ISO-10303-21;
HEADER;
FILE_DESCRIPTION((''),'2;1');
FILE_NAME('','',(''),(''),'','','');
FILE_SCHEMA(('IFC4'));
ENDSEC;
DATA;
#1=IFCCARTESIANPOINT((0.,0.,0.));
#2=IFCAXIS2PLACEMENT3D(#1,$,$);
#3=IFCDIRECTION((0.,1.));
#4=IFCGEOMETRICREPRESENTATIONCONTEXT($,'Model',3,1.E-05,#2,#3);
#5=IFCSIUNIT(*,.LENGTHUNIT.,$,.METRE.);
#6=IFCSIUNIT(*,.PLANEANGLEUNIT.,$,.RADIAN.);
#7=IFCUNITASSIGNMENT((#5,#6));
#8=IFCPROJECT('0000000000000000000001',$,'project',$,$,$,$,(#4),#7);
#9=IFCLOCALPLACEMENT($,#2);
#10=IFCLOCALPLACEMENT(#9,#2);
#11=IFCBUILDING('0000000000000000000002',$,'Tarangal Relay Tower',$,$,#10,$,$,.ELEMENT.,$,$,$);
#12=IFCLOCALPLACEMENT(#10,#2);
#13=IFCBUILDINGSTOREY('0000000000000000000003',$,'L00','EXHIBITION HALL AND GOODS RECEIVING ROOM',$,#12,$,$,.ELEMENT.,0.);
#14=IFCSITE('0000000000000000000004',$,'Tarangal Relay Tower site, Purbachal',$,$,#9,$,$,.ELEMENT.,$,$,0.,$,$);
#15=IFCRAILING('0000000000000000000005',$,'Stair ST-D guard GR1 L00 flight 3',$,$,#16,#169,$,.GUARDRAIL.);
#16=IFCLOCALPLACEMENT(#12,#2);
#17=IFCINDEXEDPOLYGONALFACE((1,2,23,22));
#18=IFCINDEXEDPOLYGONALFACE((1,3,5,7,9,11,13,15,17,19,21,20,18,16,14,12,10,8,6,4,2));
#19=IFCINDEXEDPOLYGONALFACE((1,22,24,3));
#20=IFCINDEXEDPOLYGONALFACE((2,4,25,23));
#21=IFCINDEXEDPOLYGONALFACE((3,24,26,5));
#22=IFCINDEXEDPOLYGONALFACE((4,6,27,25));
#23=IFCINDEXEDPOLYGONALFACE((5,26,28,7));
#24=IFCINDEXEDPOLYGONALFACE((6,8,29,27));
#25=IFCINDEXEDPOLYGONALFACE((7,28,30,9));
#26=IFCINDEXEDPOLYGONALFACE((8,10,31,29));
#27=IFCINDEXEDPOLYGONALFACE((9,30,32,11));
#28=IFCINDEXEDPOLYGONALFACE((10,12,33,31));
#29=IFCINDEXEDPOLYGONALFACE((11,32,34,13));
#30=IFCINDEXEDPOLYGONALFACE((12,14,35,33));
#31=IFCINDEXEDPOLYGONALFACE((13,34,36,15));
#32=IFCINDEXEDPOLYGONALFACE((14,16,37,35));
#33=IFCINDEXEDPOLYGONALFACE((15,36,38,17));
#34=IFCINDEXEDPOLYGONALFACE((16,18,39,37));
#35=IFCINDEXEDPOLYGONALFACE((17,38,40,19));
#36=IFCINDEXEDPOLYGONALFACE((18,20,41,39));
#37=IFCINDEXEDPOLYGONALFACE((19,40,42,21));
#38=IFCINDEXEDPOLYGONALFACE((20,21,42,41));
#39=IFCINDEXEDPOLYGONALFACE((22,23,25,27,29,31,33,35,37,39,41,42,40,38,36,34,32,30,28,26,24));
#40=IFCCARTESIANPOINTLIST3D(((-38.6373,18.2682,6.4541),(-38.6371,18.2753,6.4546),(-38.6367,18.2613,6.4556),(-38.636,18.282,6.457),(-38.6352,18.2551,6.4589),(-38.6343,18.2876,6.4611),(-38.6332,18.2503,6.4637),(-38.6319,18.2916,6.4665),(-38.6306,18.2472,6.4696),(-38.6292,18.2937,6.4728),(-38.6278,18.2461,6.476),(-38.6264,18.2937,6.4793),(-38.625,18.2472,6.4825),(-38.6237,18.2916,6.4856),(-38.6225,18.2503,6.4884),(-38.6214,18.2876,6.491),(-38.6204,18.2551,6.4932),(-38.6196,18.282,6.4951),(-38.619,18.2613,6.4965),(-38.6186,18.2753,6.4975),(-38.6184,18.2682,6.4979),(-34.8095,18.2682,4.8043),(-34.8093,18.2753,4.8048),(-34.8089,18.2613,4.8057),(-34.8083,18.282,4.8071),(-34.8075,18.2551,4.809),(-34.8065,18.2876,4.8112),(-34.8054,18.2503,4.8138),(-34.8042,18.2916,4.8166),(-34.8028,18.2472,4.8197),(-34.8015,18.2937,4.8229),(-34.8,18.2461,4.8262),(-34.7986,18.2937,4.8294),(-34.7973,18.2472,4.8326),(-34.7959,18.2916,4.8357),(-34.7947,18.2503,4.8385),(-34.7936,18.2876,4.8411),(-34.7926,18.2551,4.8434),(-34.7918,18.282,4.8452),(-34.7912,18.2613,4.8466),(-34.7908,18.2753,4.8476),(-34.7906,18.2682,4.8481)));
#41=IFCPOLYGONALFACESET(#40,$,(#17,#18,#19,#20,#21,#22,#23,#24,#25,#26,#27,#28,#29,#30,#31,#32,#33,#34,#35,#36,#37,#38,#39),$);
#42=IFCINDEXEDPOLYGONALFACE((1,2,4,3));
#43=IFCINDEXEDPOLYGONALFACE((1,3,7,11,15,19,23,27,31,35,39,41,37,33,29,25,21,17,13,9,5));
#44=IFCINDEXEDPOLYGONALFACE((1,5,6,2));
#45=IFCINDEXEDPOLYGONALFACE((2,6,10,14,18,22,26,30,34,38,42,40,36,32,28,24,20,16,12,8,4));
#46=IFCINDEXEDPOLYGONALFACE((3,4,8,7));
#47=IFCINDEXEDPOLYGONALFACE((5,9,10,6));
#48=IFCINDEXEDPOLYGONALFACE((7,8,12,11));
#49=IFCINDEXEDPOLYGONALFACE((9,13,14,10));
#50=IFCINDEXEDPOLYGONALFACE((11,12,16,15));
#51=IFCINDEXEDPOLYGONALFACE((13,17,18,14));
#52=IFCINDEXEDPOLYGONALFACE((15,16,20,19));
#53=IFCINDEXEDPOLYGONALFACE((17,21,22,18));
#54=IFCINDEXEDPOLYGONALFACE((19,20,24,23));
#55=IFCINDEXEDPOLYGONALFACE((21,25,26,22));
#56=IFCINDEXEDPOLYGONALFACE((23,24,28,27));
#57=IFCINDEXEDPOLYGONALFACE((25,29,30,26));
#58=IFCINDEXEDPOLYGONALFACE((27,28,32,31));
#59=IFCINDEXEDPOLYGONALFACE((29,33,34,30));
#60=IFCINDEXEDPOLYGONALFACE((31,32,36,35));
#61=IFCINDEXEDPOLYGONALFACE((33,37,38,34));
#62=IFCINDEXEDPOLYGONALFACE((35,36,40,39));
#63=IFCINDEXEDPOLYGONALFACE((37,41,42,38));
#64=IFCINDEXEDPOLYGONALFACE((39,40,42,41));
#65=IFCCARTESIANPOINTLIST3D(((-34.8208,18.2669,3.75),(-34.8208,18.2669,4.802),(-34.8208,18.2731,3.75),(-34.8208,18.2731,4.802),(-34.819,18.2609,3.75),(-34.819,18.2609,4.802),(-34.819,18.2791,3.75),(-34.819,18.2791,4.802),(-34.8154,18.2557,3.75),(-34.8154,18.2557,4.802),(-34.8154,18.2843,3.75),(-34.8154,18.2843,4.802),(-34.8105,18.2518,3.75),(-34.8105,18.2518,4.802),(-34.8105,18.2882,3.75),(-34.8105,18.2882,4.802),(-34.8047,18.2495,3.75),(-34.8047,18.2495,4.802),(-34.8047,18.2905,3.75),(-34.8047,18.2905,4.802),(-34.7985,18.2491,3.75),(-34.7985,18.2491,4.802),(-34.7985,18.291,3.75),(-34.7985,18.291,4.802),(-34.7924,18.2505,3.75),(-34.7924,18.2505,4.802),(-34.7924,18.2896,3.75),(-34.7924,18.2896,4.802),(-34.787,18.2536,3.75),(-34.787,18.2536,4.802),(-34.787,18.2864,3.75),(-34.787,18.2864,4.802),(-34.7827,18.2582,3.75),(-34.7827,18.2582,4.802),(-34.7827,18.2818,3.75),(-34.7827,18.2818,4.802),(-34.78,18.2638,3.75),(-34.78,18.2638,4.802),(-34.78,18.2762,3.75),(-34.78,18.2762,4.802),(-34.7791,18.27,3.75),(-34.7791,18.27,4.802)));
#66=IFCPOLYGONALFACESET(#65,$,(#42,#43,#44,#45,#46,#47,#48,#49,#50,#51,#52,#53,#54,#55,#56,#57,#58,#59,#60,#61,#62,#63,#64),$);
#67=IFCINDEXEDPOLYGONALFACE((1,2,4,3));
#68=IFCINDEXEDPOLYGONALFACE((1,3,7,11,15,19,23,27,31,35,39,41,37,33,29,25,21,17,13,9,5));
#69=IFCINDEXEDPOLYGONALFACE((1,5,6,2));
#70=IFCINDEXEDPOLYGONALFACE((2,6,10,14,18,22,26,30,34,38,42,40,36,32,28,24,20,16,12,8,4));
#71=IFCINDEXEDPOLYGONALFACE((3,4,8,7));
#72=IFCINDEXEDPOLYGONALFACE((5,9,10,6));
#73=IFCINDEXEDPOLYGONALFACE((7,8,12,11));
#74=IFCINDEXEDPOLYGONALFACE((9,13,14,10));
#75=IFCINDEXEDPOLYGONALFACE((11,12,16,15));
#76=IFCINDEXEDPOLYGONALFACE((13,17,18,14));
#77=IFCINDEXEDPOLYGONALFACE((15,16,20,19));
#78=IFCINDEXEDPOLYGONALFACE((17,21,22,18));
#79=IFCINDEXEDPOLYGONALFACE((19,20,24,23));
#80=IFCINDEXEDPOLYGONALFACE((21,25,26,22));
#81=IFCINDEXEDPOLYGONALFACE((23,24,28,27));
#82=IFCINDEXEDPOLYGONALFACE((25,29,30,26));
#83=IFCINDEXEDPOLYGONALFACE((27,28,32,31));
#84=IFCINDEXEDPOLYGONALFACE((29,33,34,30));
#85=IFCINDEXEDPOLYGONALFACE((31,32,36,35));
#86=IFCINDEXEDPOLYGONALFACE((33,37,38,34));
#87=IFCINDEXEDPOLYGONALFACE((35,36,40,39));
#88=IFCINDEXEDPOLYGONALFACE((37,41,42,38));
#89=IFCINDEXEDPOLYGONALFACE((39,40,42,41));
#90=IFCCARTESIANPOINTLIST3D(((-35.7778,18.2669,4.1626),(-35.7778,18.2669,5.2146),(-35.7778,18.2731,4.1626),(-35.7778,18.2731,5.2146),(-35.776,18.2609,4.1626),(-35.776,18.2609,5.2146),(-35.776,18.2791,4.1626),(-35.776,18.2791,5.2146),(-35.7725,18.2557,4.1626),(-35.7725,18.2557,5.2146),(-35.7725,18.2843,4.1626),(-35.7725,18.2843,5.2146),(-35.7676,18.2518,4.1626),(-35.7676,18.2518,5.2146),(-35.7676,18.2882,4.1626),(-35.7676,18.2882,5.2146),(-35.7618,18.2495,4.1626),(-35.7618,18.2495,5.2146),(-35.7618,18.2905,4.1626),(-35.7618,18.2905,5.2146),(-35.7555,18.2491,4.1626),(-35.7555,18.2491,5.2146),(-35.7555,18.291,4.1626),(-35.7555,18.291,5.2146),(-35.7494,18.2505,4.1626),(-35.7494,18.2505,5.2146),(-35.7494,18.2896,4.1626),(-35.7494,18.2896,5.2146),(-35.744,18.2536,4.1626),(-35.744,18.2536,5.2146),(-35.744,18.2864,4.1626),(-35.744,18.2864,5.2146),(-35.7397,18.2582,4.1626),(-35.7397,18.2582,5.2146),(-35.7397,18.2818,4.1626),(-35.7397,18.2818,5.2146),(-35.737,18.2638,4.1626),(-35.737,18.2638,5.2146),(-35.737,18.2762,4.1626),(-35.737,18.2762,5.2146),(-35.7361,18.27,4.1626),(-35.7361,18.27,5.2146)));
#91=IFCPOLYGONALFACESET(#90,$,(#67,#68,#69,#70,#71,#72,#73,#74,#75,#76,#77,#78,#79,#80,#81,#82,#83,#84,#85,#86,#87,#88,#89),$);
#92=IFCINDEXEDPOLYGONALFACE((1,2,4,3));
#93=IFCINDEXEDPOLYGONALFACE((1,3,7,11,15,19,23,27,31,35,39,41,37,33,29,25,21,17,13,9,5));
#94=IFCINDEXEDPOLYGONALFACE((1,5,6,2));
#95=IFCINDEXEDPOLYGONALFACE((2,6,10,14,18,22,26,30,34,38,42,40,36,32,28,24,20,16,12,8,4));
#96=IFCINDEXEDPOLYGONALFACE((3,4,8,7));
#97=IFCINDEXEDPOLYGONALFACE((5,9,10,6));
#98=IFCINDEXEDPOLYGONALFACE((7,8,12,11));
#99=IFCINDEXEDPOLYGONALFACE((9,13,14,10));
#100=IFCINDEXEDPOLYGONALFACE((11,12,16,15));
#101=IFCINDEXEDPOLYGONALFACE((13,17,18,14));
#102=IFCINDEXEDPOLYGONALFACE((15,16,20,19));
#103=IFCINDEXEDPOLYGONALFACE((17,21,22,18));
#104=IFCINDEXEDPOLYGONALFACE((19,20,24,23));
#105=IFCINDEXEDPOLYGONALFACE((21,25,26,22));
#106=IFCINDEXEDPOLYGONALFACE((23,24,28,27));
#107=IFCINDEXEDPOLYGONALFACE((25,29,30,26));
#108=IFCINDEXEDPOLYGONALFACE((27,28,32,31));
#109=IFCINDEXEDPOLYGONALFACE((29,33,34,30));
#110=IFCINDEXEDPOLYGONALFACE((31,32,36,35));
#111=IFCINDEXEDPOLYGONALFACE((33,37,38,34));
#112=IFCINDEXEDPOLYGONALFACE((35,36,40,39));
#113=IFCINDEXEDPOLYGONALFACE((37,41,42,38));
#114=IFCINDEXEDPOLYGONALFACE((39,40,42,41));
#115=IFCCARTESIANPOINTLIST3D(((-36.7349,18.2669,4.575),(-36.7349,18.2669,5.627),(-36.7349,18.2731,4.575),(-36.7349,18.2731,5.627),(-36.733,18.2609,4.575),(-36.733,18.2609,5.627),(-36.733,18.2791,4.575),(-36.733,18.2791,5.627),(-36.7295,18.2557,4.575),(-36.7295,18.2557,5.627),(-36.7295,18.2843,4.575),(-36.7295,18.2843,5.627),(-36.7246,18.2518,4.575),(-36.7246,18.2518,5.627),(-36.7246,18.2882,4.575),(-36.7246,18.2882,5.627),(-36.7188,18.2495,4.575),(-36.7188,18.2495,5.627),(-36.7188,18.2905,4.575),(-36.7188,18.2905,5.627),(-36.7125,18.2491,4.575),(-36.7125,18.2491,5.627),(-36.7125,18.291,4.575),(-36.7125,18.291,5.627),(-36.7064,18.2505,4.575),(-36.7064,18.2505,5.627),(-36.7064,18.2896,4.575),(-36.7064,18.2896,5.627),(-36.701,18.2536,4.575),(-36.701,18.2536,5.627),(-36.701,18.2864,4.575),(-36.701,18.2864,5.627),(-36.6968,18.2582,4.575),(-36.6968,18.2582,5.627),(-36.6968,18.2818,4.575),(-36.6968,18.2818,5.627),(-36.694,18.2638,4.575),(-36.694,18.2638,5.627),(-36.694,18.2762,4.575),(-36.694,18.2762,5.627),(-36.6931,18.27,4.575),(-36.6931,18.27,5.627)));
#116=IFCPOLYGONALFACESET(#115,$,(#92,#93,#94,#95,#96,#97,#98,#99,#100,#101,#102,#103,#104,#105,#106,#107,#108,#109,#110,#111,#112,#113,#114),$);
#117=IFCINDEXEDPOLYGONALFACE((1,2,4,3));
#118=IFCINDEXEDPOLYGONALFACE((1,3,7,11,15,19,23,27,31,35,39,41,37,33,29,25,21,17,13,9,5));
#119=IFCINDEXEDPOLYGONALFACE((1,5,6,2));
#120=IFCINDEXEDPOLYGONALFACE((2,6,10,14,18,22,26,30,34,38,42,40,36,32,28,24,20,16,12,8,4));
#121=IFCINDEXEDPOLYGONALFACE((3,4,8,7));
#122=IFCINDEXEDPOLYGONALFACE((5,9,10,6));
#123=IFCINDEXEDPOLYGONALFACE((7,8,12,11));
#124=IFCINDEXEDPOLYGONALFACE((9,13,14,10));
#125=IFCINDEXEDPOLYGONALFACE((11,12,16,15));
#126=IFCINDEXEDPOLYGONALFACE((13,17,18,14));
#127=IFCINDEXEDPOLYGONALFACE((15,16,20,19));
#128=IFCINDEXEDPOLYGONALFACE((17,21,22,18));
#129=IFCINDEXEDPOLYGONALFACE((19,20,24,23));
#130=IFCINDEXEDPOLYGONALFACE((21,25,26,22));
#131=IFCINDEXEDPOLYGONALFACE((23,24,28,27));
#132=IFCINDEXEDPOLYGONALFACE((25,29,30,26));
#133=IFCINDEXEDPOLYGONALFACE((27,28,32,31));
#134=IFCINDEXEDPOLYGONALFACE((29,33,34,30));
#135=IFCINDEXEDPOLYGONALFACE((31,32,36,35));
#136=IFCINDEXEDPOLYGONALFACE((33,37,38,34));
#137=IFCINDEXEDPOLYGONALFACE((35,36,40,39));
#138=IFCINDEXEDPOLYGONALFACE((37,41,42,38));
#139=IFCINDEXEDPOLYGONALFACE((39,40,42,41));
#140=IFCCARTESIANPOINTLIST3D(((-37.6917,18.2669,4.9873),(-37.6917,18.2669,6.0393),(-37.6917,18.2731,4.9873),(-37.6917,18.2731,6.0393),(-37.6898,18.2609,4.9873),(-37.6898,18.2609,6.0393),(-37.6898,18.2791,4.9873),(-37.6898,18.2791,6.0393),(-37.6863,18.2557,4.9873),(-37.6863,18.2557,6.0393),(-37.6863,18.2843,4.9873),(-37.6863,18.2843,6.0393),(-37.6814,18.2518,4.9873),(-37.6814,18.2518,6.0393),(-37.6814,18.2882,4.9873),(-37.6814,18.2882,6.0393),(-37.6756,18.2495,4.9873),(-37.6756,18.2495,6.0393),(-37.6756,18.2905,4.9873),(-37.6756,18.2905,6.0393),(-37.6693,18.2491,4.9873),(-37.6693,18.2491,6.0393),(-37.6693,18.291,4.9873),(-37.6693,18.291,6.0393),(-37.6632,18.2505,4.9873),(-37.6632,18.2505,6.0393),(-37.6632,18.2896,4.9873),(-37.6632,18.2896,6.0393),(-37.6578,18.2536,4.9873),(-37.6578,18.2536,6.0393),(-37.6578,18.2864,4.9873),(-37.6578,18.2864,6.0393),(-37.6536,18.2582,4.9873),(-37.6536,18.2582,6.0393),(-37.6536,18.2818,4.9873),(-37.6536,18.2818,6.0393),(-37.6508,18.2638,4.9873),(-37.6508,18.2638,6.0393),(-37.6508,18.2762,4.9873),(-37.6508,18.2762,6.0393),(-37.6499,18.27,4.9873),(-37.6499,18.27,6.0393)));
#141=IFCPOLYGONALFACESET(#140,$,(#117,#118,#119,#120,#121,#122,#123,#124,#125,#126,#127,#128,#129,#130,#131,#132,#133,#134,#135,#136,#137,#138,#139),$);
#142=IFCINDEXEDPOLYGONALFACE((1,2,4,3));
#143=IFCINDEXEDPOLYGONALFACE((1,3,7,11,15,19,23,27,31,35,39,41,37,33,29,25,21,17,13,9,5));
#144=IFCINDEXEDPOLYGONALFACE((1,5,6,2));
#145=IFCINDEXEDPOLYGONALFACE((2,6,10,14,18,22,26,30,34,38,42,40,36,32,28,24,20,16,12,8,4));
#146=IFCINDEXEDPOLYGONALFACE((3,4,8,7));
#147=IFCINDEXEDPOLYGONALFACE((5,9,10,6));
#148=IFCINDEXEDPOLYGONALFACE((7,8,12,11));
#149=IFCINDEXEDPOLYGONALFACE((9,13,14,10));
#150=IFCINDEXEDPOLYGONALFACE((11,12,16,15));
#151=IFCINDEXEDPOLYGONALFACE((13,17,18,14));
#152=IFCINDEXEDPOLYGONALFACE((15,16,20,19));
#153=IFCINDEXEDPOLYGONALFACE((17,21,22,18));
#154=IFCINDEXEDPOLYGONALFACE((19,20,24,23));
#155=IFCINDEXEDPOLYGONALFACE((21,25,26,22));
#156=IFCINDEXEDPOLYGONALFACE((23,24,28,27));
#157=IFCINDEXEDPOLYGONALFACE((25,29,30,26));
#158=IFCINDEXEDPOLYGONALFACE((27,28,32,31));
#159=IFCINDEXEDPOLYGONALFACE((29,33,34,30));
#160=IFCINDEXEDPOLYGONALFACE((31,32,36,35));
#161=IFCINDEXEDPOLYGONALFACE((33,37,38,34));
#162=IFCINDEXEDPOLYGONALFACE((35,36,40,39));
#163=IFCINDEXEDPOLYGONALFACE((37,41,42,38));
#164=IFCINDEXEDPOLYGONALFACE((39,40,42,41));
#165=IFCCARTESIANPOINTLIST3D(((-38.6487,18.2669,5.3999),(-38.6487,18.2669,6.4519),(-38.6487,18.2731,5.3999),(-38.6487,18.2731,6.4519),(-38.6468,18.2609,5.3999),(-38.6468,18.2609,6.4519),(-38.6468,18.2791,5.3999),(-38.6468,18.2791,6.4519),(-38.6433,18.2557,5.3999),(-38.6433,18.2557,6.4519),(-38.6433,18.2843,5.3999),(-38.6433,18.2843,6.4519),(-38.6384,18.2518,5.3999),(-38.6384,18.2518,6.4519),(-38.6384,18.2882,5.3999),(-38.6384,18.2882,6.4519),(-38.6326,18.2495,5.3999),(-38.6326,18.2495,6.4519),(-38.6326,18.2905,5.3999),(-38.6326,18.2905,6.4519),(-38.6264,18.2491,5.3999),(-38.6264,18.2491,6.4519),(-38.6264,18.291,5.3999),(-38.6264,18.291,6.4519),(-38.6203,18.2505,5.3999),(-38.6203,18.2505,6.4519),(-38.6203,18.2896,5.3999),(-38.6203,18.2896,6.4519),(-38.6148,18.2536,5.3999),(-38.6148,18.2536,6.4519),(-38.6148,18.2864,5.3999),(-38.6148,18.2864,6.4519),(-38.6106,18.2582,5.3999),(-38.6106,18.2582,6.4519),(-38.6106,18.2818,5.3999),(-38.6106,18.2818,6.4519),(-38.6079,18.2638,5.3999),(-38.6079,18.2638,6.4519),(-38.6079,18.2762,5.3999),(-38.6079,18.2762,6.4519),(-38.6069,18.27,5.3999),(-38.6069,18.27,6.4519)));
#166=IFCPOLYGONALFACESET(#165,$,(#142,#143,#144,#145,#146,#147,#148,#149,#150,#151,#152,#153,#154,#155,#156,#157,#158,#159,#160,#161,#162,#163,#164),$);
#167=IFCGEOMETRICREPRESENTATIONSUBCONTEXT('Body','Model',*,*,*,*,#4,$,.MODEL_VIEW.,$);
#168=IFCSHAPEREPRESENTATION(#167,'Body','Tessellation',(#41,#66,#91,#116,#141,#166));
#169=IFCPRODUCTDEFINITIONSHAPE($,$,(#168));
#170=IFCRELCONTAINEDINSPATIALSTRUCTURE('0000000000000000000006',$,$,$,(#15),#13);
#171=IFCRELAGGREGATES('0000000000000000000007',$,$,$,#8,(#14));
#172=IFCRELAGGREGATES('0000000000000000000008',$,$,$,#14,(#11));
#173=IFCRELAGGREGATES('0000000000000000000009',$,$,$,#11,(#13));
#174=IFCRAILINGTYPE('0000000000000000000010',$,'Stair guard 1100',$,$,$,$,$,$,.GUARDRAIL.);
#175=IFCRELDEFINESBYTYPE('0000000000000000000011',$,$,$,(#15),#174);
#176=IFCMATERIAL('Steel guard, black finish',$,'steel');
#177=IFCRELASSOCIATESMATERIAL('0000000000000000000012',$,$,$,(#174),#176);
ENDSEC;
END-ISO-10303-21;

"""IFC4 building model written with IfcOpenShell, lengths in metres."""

from ifc_helpers import new_model, si_unit, direction, frame, origin, origin_2d, place, context, subcontext, project, spatial, circle, extrude, material, type_object, element, save


model = new_model("IFC4")

# Units and contexts
model_context = context("Model", 3, precision=1e-05, world=origin(), true_north=direction((0.0, 1.0)))
body_context = subcontext(model_context, "Body", "Model", "MODEL_VIEW")
ifc_project = project(units=[si_unit("LENGTHUNIT", "METRE"), si_unit("PLANEANGLEUNIT", "RADIAN")], contexts=[model_context])

# Site, building, storey
site_placement = place(None, origin())
site = spatial("IfcSite", under=ifc_project, at=site_placement, Name="Tarangal Relay Tower site, Purbachal", CompositionType="ELEMENT", RefElevation=0.0)
building_placement = place(site_placement, origin())
building = spatial("IfcBuilding", under=site, at=building_placement, Name="Tarangal Relay Tower", CompositionType="ELEMENT")
storey_placement = place(building_placement, origin())
storey = spatial("IfcBuildingStorey", under=building, at=storey_placement, Name="L00", Description="EXHIBITION HALL AND GOODS RECEIVING ROOM", CompositionType="ELEMENT", Elevation=0.0)

# Railing
ifc_material_1 = material(Name="Steel guard, black finish", Category="steel")
railing_type_1 = type_object("IfcRailingType", Name="Stair guard 1100", PredefinedType="GUARDRAIL", material=ifc_material_1)
railing_1_placement = place(storey_placement, frame((-34.8, 18.27, 3.75)))
element("IfcRailing", 1, at=railing_1_placement, inside=storey, type_object=railing_type_1, Name="Stair ST-D guard GR1 L00 flight 3", PredefinedType="GUARDRAIL", context=body_context, shape_type="SweptSolid", body=[
    extrude(circle(Radius=0.0239, at=origin_2d()), frame((0.0, 0.0, 1.0762), z_axis=(-0.918328, 0.0, 0.39582), x_axis=(0.0, -1.0, 0.0)), (0.0, 0.0, 1.0), 4.1682),
    extrude(circle(Radius=0.021, at=origin_2d()), origin(), (0.0, 0.0, 1.0), 1.052),
    extrude(circle(Radius=0.021, at=origin_2d()), frame((-0.957, 0.0, 0.4126)), (0.0, 0.0, 1.0), 1.052),
    extrude(circle(Radius=0.021, at=origin_2d()), frame((-1.9141, 0.0, 0.825)), (0.0, 0.0, 1.0), 1.052),
    extrude(circle(Radius=0.021, at=origin_2d()), frame((-2.8708, 0.0, 1.2373)), (0.0, 0.0, 1.0), 1.052),
    extrude(circle(Radius=0.021, at=origin_2d()), frame((-3.8279, 0.0, 1.6499)), (0.0, 0.0, 1.0), 1.052),
])

save(model, "model.ifc")
